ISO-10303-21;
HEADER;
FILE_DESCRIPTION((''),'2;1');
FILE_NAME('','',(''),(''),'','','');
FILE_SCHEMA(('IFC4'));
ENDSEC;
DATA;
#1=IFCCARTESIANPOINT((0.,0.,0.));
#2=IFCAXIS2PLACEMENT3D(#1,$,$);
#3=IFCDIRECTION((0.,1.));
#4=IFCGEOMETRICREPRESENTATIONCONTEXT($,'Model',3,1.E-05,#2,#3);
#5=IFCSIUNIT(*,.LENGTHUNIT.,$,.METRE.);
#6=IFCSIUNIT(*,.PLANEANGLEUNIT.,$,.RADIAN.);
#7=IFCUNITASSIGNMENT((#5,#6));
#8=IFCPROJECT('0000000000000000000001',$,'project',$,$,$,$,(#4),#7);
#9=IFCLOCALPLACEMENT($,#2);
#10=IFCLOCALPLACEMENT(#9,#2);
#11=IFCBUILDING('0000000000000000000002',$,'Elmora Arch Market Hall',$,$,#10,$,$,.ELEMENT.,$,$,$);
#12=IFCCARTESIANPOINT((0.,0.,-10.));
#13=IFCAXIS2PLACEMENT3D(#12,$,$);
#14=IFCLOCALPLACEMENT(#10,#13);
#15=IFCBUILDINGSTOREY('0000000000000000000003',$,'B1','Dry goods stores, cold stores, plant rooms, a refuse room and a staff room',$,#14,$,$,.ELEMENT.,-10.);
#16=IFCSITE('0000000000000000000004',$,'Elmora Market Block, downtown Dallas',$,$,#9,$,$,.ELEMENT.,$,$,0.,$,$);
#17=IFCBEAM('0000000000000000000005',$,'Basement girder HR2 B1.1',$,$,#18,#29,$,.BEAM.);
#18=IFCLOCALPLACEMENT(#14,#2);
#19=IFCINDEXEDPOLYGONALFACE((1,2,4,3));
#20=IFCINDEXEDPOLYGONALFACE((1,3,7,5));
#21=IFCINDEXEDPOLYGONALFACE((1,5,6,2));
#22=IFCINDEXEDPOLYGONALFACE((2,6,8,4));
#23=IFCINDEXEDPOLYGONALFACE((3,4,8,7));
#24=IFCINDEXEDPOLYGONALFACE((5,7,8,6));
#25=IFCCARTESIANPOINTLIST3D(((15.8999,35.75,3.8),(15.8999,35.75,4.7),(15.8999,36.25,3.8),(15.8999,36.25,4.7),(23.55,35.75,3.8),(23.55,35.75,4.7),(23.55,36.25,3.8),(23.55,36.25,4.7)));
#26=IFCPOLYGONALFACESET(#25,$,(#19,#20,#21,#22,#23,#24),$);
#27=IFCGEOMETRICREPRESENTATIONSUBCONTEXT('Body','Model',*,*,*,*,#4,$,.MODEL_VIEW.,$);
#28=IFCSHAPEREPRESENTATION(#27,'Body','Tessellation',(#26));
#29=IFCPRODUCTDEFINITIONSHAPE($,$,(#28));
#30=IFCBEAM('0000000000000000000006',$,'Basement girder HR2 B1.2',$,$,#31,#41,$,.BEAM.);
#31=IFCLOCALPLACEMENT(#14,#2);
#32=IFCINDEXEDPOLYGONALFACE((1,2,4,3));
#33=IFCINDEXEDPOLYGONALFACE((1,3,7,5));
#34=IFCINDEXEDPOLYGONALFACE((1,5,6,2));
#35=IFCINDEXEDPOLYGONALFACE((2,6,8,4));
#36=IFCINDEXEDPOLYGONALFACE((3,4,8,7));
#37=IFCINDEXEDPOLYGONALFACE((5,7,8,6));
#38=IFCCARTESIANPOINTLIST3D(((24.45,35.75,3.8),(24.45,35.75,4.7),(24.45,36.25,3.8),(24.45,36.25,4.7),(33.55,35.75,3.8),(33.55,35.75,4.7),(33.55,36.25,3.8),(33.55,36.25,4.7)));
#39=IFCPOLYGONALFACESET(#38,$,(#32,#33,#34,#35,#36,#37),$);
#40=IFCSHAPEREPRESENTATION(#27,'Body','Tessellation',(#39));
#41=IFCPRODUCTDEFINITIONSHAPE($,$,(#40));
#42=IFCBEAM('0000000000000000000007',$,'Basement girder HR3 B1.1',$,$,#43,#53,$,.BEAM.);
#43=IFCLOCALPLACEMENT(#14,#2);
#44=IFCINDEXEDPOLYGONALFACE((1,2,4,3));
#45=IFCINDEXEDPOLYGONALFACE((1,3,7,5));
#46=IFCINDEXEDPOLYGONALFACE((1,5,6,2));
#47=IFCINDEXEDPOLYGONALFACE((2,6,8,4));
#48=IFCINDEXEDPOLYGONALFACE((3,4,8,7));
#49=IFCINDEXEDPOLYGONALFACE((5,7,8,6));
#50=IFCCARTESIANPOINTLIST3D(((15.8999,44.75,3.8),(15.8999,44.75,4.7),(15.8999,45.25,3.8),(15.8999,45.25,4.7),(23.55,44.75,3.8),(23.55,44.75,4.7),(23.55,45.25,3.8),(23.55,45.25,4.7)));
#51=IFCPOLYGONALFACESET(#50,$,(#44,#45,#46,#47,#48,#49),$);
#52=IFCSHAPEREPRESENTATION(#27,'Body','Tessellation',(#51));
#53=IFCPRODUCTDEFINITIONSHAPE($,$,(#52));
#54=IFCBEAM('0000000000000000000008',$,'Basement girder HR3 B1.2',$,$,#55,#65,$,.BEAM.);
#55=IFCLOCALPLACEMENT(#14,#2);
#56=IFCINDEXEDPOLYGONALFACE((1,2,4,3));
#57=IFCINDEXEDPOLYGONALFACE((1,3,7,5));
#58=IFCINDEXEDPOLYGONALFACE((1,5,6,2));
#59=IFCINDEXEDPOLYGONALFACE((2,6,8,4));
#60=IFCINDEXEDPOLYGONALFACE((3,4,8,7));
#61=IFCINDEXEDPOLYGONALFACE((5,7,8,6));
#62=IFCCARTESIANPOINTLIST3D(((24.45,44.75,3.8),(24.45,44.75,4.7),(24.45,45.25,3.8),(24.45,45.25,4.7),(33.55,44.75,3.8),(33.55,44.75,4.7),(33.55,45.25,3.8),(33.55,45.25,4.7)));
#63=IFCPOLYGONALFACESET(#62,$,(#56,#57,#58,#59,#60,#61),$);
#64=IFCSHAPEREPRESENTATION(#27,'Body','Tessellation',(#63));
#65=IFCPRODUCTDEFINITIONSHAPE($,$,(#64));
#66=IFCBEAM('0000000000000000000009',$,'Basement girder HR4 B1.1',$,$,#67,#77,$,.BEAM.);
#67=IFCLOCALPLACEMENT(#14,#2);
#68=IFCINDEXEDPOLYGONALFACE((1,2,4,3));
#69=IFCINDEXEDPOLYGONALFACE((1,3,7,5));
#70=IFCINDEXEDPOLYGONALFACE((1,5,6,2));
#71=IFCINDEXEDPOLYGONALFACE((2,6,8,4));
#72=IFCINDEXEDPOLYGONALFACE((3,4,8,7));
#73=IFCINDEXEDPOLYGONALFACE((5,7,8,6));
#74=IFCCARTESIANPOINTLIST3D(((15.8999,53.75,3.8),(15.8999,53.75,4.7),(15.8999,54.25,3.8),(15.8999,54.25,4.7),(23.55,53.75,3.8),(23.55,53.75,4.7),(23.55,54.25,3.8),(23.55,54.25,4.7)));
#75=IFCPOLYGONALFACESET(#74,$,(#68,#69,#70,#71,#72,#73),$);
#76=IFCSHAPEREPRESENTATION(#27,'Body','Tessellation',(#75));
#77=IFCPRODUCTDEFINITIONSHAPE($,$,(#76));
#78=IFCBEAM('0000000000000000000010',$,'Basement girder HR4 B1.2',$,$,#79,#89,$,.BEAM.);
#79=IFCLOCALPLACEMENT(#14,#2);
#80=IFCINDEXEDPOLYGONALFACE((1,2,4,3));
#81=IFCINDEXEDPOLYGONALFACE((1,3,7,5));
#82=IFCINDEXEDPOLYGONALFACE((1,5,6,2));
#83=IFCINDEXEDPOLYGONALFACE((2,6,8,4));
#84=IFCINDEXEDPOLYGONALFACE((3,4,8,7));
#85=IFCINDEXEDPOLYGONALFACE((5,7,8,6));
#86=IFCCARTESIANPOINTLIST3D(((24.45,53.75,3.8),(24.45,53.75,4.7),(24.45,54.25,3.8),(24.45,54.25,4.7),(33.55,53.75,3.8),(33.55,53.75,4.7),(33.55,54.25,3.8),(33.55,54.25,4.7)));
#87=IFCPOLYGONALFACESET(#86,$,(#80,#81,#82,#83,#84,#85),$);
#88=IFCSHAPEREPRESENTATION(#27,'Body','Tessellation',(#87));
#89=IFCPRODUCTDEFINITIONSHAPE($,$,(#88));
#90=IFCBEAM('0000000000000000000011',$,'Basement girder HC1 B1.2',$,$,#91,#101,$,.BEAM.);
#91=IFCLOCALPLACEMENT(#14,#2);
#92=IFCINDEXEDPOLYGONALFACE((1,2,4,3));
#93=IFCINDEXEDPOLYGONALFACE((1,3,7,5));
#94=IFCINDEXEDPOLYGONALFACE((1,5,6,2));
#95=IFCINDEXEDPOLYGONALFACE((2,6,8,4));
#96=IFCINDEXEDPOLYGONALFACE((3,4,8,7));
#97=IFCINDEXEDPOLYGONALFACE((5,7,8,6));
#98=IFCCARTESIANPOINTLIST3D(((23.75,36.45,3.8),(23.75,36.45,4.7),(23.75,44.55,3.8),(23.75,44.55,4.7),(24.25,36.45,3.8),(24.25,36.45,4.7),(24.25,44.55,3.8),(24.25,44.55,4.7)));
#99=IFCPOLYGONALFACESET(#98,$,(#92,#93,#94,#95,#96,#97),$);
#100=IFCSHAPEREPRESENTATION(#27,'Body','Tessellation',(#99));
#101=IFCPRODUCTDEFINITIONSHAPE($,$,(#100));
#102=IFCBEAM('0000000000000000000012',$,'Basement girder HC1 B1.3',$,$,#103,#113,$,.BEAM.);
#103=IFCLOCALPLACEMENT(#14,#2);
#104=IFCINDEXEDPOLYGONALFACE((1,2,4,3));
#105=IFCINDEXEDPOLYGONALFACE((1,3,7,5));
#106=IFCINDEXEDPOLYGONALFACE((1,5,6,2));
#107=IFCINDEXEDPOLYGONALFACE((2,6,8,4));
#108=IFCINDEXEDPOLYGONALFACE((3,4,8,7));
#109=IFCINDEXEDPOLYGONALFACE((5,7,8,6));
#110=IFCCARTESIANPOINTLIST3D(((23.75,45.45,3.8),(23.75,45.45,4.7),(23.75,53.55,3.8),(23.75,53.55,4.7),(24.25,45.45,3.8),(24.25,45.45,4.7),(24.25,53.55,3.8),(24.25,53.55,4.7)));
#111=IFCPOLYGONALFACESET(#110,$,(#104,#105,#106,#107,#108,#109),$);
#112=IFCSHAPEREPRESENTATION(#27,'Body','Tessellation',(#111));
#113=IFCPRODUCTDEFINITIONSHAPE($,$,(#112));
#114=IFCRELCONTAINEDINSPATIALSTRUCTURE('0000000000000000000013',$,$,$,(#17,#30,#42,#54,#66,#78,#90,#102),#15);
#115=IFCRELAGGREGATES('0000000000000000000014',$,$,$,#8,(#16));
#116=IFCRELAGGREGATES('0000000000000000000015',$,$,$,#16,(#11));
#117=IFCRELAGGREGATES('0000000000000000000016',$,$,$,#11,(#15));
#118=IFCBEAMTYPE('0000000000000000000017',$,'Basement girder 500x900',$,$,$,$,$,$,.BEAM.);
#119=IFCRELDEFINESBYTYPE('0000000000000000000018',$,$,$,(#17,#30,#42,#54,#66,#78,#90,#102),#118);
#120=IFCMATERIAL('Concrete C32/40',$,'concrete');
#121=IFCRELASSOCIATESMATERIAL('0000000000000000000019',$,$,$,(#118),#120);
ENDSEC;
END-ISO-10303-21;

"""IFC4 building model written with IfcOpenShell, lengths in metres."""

from ifc_helpers import new_model, si_unit, direction, frame, origin, origin_2d, place, context, subcontext, project, spatial, rectangle, extrude, material, material_profile, profile_set, type_object, element, save


model = new_model("IFC4")

# Units and contexts
model_context = context("Model", 3, precision=1e-05, world=origin(), true_north=direction((0.0, 1.0)))
body_context = subcontext(model_context, "Body", "Model", "MODEL_VIEW")
ifc_project = project(units=[si_unit("LENGTHUNIT", "METRE"), si_unit("PLANEANGLEUNIT", "RADIAN")], contexts=[model_context])

# Site, building, storey
site_placement = place(None, origin())
site = spatial("IfcSite", under=ifc_project, at=site_placement, Name="Elmora Market Block, downtown Dallas", CompositionType="ELEMENT", RefElevation=0.0)
building_placement = place(site_placement, origin())
building = spatial("IfcBuilding", under=site, at=building_placement, Name="Elmora Arch Market Hall", CompositionType="ELEMENT")
storey_placement = place(building_placement, frame((0.0, 0.0, -10.0)))
storey = spatial("IfcBuildingStorey", under=building, at=storey_placement, Name="B1", Description="Dry goods stores, cold stores, plant rooms, a refuse room and a staff room", CompositionType="ELEMENT", Elevation=-10.0)

# Beams
ifc_material_1 = material(Name="Concrete C32/40", Category="concrete")
ifc_material_profile_1 = material_profile(ifc_material_1, rectangle(XDim=0.5, YDim=0.8999, at=origin_2d()), Name="Basement girder 500x900")
ifc_profile_set_1 = profile_set([ifc_material_profile_1], Name="Concrete C32/40")
beam_type = type_object("IfcBeamType", Name="Basement girder 500x900", PredefinedType="BEAM", material=ifc_profile_set_1)
beam_1_placement = place(storey_placement, frame((15.8999, 36.0, 4.25), z_axis=(1.0, 0.0, 0.0), x_axis=(0.0, 1.0, 0.0)))
element("IfcBeam", 1, at=beam_1_placement, inside=storey, type_object=beam_type, Name="Basement girder HR2 B1.1", PredefinedType="BEAM", context=body_context, shape_type="SweptSolid", body=[
    extrude(rectangle(XDim=0.5, YDim=0.8999, at=origin_2d()), origin(), (0.0, 0.0, 1.0), 7.6501),
])
beam_2_placement = place(storey_placement, frame((24.45, 36.0, 4.25), z_axis=(1.0, 0.0, 0.0), x_axis=(0.0, 1.0, 0.0)))
element("IfcBeam", 2, at=beam_2_placement, inside=storey, type_object=beam_type, Name="Basement girder HR2 B1.2", PredefinedType="BEAM", context=body_context, shape_type="SweptSolid", body=[
    extrude(rectangle(XDim=0.5, YDim=0.8999, at=origin_2d()), origin(), (0.0, 0.0, 1.0), 9.1001),
])
beam_3_placement = place(storey_placement, frame((15.8999, 45.0, 4.25), z_axis=(1.0, 0.0, 0.0), x_axis=(0.0, 1.0, 0.0)))
element("IfcBeam", 3, at=beam_3_placement, inside=storey, type_object=beam_type, Name="Basement girder HR3 B1.1", PredefinedType="BEAM", context=body_context, shape_type="SweptSolid", body=[
    extrude(rectangle(XDim=0.5, YDim=0.8999, at=origin_2d()), origin(), (0.0, 0.0, 1.0), 7.6501),
])
beam_4_placement = place(storey_placement, frame((24.45, 45.0, 4.25), z_axis=(1.0, 0.0, 0.0), x_axis=(0.0, 1.0, 0.0)))
element("IfcBeam", 4, at=beam_4_placement, inside=storey, type_object=beam_type, Name="Basement girder HR3 B1.2", PredefinedType="BEAM", context=body_context, shape_type="SweptSolid", body=[
    extrude(rectangle(XDim=0.5, YDim=0.8999, at=origin_2d()), origin(), (0.0, 0.0, 1.0), 9.1001),
])
beam_5_placement = place(storey_placement, frame((15.8999, 54.0, 4.25), z_axis=(1.0, 0.0, 0.0), x_axis=(0.0, 1.0, 0.0)))
element("IfcBeam", 5, at=beam_5_placement, inside=storey, type_object=beam_type, Name="Basement girder HR4 B1.1", PredefinedType="BEAM", context=body_context, shape_type="SweptSolid", body=[
    extrude(rectangle(XDim=0.5, YDim=0.8999, at=origin_2d()), origin(), (0.0, 0.0, 1.0), 7.6501),
])
beam_6_placement = place(storey_placement, frame((24.45, 54.0, 4.25), z_axis=(1.0, 0.0, 0.0), x_axis=(0.0, 1.0, 0.0)))
element("IfcBeam", 6, at=beam_6_placement, inside=storey, type_object=beam_type, Name="Basement girder HR4 B1.2", PredefinedType="BEAM", context=body_context, shape_type="SweptSolid", body=[
    extrude(rectangle(XDim=0.5, YDim=0.8999, at=origin_2d()), origin(), (0.0, 0.0, 1.0), 9.1001),
])
for number, where, z_axis, x_axis, name in (
    (7, (24.0, 36.45, 4.25), (0.0, 1.0, 0.0), (-1.0, 0.0, 0.0), "Basement girder HC1 B1.2"),
    (8, (24.0, 45.45, 4.25), (0.0, 1.0, 0.0), (-1.0, 0.0, 0.0), "Basement girder HC1 B1.3"),
):
    element("IfcBeam", number, at=place(storey_placement, frame(where, z_axis=z_axis, x_axis=x_axis)), inside=storey, type_object=beam_type, Name=name, PredefinedType="BEAM", context=body_context, shape_type="SweptSolid", body=[
        extrude(rectangle(XDim=0.5, YDim=0.8999, at=origin_2d()), origin(), (0.0, 0.0, 1.0), 8.1001),
    ])

save(model, "model.ifc")
